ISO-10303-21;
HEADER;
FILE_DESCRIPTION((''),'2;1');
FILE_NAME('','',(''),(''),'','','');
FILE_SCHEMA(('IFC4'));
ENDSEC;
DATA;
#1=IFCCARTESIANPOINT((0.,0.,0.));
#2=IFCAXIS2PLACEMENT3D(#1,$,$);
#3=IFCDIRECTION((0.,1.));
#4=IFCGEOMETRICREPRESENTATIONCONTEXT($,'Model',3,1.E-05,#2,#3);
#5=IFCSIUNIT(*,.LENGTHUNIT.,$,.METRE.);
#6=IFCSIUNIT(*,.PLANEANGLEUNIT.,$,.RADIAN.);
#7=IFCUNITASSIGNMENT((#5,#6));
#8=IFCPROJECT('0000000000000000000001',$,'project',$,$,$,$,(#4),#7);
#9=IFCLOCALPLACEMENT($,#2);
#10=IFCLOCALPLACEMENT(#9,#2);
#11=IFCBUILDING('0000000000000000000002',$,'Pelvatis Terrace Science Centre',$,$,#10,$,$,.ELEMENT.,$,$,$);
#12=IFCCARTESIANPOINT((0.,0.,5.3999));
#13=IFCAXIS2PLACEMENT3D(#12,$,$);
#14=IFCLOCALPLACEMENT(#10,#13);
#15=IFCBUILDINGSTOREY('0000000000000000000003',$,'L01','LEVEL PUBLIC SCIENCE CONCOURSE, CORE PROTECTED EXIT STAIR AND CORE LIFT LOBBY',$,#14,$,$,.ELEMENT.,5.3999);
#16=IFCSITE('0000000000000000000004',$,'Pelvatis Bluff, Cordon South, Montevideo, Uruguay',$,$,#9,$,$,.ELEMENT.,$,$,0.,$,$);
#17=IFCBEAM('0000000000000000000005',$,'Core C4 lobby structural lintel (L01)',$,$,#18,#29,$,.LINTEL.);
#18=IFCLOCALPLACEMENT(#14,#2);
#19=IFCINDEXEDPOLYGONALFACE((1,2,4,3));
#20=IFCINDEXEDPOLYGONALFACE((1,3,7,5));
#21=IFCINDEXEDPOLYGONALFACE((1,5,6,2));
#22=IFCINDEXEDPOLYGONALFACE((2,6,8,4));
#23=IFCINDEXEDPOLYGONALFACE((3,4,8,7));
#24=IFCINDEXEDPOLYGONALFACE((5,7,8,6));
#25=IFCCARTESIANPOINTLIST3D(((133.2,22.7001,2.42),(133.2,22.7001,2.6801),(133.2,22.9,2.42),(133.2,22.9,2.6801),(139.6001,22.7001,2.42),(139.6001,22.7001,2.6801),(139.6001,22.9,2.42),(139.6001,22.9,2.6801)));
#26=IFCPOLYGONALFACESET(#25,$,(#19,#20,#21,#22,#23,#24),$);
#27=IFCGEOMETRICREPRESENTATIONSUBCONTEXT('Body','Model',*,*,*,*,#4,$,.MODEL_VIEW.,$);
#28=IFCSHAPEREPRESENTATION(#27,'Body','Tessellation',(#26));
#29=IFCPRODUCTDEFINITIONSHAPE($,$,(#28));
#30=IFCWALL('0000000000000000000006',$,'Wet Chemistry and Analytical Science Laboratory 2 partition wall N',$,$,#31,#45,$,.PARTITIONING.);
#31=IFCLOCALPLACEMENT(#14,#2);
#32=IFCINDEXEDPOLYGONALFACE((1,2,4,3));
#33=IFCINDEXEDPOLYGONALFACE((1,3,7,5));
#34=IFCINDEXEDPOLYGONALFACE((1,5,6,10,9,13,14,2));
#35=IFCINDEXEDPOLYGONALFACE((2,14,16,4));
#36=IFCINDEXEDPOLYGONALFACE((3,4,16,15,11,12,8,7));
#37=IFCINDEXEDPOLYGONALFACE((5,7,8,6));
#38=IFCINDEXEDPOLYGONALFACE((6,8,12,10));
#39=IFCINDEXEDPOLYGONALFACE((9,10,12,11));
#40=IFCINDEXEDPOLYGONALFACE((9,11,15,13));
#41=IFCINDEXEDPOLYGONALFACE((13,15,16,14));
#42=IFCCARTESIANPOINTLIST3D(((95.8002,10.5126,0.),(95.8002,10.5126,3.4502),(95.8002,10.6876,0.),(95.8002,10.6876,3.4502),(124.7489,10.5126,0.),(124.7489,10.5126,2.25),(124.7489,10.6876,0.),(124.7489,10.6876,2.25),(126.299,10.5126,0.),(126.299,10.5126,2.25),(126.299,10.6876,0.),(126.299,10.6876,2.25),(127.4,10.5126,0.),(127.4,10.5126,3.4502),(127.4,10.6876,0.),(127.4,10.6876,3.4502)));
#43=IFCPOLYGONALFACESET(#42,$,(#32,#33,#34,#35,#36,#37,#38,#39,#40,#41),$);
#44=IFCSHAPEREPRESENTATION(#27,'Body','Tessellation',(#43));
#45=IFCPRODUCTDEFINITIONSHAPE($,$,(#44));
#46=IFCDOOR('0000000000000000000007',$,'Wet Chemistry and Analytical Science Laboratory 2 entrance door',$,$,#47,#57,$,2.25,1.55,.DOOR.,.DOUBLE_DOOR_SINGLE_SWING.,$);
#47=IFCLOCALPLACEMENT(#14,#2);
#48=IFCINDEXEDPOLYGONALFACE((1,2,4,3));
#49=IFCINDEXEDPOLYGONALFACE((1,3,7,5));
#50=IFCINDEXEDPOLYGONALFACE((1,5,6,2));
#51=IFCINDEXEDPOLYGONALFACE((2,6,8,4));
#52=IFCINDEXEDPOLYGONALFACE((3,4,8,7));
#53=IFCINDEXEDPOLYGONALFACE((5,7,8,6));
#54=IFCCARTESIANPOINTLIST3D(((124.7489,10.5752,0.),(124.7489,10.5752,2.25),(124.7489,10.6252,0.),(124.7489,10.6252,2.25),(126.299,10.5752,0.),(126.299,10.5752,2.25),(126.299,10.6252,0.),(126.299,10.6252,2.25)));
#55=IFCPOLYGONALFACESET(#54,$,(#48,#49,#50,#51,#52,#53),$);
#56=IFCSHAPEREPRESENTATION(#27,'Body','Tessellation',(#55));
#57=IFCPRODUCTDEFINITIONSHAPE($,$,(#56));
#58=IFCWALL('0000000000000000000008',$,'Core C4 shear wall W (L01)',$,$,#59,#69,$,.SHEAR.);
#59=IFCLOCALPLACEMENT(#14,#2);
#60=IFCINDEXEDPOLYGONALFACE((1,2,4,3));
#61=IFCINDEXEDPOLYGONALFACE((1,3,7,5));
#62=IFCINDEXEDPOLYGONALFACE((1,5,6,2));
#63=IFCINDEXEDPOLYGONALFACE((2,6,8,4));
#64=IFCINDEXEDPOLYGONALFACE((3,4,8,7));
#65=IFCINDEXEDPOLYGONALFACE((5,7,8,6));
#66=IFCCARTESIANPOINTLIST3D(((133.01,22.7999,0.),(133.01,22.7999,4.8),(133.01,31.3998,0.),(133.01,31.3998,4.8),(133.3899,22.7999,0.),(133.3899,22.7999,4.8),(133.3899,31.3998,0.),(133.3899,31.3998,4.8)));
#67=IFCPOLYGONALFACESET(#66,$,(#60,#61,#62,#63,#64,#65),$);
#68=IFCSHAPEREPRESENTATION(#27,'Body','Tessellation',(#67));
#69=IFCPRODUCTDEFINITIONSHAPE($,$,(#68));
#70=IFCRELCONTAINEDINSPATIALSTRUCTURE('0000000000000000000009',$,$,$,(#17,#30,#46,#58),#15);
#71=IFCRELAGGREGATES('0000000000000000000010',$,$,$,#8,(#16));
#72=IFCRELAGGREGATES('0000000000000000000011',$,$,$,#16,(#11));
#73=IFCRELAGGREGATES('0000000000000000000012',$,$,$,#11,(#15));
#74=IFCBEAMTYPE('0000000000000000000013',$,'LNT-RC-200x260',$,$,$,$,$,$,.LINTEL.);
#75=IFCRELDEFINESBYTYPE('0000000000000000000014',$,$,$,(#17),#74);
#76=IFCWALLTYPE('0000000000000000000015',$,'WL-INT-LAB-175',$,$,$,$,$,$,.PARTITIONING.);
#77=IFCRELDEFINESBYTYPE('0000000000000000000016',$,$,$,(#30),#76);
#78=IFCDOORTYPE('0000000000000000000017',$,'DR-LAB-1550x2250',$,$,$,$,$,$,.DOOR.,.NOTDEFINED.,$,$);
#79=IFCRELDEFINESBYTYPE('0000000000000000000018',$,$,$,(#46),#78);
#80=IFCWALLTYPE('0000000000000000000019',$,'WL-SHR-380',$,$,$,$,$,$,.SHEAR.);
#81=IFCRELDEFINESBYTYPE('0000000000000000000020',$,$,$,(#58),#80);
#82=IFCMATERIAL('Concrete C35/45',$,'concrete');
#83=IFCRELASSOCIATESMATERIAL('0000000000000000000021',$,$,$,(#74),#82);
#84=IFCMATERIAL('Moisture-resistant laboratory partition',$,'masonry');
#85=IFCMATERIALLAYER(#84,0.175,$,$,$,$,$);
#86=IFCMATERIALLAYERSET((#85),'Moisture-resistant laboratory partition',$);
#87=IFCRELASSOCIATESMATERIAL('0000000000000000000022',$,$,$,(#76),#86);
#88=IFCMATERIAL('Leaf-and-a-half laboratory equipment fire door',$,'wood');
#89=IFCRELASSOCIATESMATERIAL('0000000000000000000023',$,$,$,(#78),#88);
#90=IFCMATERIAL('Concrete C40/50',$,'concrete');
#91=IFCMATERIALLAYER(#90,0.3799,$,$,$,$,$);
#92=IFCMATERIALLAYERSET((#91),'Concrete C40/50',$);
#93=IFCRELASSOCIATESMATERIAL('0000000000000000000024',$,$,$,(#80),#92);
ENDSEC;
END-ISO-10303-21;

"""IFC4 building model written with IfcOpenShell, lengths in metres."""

from ifc_helpers import new_model, si_unit, direction, frame, frame_2d, origin, origin_2d, place, context, subcontext, project, spatial, rectangle, extrude, material, layer, layer_set, material_profile, profile_set, type_object, element, fill, save


model = new_model("IFC4")

# Units and contexts
model_context = context("Model", 3, precision=1e-05, world=origin(), true_north=direction((0.0, 1.0)))
body_context = subcontext(model_context, "Body", "Model", "MODEL_VIEW")
ifc_project = project(units=[si_unit("LENGTHUNIT", "METRE"), si_unit("PLANEANGLEUNIT", "RADIAN")], contexts=[model_context])

# Site, building, storey
site_placement = place(None, origin())
site = spatial("IfcSite", under=ifc_project, at=site_placement, Name="Pelvatis Bluff, Cordon South, Montevideo, Uruguay", CompositionType="ELEMENT", RefElevation=0.0)
building_placement = place(site_placement, origin())
building = spatial("IfcBuilding", under=site, at=building_placement, Name="Pelvatis Terrace Science Centre", CompositionType="ELEMENT")
storey_placement = place(building_placement, frame((0.0, 0.0, 5.3999)))
storey = spatial("IfcBuildingStorey", under=building, at=storey_placement, Name="L01", Description="LEVEL PUBLIC SCIENCE CONCOURSE, CORE PROTECTED EXIT STAIR AND CORE LIFT LOBBY", CompositionType="ELEMENT", Elevation=5.3999)

# Beam
ifc_material_1 = material(Name="Concrete C35/45", Category="concrete")
ifc_material_profile_1 = material_profile(ifc_material_1, rectangle(XDim=0.2, YDim=0.26, at=origin_2d()), Name="RC-LNT 200x260")
ifc_profile_set_1 = profile_set([ifc_material_profile_1], Name="Concrete C35/45")
beam_type_1 = type_object("IfcBeamType", Name="LNT-RC-200x260", PredefinedType="LINTEL", material=ifc_profile_set_1)
beam_1_placement = place(storey_placement, frame((133.2, 22.8, 2.55), z_axis=(1.0, 0.0, 0.0), x_axis=(0.0, 1.0, 0.0)))
element("IfcBeam", 1, at=beam_1_placement, inside=storey, type_object=beam_type_1, Name="Core C4 lobby structural lintel (L01)", PredefinedType="LINTEL", context=body_context, shape_type="SweptSolid", body=[
    extrude(rectangle(XDim=0.2, YDim=0.26, at=origin_2d()), origin(), (0.0, 0.0, 1.0), 6.4001),
])

# Wall, opening, door
ifc_material_2 = material(Name="Moisture-resistant laboratory partition", Category="masonry")
ifc_layer_1 = layer(ifc_material_2, 0.175)
ifc_layer_set_1 = layer_set([ifc_layer_1], Name="Moisture-resistant laboratory partition")
wall_type_1 = type_object("IfcWallType", Name="WL-INT-LAB-175", PredefinedType="PARTITIONING", material=ifc_layer_set_1)
wall_1_placement = place(storey_placement, frame((127.3999, 10.6001, 0.0), z_axis=(0.0, 0.0, 1.0), x_axis=(-1.0, 0.0, 0.0)))
wall_1 = element("IfcWall", 2, at=wall_1_placement, inside=storey, type_object=wall_type_1, Name="Wet Chemistry and Analytical Science Laboratory 2 partition wall N", PredefinedType="PARTITIONING", context=body_context, shape_type="SweptSolid", body=[
    extrude(rectangle(XDim=31.5999, YDim=0.175, at=frame_2d((15.7998, 0.0))), origin(), (0.0, 0.0, 1.0), 3.4502),
])
opening_placement = place(wall_1_placement, frame((1.1011, 0.0, 0.0)))
opening = element("IfcOpeningElement", 3, at=opening_placement, cuts=wall_1, PredefinedType="OPENING", context=body_context, shape_type="SweptSolid", body=[
    extrude(rectangle(XDim=1.55, YDim=2.25, at=frame_2d((0.7749, 1.125))), frame((0.0, 0.0974, 0.0), z_axis=(0.0, -1.0, 0.0), x_axis=(1.0, 0.0, 0.0)), (0.0, 0.0, 1.0), 0.1951),
])
ifc_material_3 = material(Name="Leaf-and-a-half laboratory equipment fire door", Category="wood")
door_type = type_object("IfcDoorType", Name="DR-LAB-1550x2250", OperationType="NOTDEFINED", PredefinedType="DOOR", material=ifc_material_3)
door_placement = place(opening_placement, origin())
door = element("IfcDoor", 4, at=door_placement, inside=storey, type_object=door_type, Name="Wet Chemistry and Analytical Science Laboratory 2 entrance door", OperationType="DOUBLE_DOOR_SINGLE_SWING", OverallHeight=2.25, OverallWidth=1.55, PredefinedType="DOOR", context=body_context, shape_type="SweptSolid", body=[
    extrude(rectangle(XDim=1.55, YDim=2.25, at=frame_2d((0.7749, 1.125))), frame((0.0, 0.0249, 0.0), z_axis=(0.0, -1.0, 0.0), x_axis=(1.0, 0.0, 0.0)), (0.0, 0.0, 1.0), 0.05),
])
fill(opening, door)

# Wall
ifc_material_4 = material(Name="Concrete C40/50", Category="concrete")
ifc_layer_2 = layer(ifc_material_4, 0.3799)
ifc_layer_set_2 = layer_set([ifc_layer_2], Name="Concrete C40/50")
wall_type_2 = type_object("IfcWallType", Name="WL-SHR-380", PredefinedType="SHEAR", material=ifc_layer_set_2)
wall_2_placement = place(storey_placement, frame((133.2, 22.8, 0.0), z_axis=(0.0, 0.0, 1.0), x_axis=(0.0, 1.0, 0.0)))
element("IfcWall", 5, at=wall_2_placement, inside=storey, type_object=wall_type_2, Name="Core C4 shear wall W (L01)", PredefinedType="SHEAR", context=body_context, shape_type="SweptSolid", body=[
    extrude(rectangle(XDim=8.5999, YDim=0.3799, at=frame_2d((4.2998, 0.0))), origin(), (0.0, 0.0, 1.0), 4.8),
])

save(model, "model.ifc")
